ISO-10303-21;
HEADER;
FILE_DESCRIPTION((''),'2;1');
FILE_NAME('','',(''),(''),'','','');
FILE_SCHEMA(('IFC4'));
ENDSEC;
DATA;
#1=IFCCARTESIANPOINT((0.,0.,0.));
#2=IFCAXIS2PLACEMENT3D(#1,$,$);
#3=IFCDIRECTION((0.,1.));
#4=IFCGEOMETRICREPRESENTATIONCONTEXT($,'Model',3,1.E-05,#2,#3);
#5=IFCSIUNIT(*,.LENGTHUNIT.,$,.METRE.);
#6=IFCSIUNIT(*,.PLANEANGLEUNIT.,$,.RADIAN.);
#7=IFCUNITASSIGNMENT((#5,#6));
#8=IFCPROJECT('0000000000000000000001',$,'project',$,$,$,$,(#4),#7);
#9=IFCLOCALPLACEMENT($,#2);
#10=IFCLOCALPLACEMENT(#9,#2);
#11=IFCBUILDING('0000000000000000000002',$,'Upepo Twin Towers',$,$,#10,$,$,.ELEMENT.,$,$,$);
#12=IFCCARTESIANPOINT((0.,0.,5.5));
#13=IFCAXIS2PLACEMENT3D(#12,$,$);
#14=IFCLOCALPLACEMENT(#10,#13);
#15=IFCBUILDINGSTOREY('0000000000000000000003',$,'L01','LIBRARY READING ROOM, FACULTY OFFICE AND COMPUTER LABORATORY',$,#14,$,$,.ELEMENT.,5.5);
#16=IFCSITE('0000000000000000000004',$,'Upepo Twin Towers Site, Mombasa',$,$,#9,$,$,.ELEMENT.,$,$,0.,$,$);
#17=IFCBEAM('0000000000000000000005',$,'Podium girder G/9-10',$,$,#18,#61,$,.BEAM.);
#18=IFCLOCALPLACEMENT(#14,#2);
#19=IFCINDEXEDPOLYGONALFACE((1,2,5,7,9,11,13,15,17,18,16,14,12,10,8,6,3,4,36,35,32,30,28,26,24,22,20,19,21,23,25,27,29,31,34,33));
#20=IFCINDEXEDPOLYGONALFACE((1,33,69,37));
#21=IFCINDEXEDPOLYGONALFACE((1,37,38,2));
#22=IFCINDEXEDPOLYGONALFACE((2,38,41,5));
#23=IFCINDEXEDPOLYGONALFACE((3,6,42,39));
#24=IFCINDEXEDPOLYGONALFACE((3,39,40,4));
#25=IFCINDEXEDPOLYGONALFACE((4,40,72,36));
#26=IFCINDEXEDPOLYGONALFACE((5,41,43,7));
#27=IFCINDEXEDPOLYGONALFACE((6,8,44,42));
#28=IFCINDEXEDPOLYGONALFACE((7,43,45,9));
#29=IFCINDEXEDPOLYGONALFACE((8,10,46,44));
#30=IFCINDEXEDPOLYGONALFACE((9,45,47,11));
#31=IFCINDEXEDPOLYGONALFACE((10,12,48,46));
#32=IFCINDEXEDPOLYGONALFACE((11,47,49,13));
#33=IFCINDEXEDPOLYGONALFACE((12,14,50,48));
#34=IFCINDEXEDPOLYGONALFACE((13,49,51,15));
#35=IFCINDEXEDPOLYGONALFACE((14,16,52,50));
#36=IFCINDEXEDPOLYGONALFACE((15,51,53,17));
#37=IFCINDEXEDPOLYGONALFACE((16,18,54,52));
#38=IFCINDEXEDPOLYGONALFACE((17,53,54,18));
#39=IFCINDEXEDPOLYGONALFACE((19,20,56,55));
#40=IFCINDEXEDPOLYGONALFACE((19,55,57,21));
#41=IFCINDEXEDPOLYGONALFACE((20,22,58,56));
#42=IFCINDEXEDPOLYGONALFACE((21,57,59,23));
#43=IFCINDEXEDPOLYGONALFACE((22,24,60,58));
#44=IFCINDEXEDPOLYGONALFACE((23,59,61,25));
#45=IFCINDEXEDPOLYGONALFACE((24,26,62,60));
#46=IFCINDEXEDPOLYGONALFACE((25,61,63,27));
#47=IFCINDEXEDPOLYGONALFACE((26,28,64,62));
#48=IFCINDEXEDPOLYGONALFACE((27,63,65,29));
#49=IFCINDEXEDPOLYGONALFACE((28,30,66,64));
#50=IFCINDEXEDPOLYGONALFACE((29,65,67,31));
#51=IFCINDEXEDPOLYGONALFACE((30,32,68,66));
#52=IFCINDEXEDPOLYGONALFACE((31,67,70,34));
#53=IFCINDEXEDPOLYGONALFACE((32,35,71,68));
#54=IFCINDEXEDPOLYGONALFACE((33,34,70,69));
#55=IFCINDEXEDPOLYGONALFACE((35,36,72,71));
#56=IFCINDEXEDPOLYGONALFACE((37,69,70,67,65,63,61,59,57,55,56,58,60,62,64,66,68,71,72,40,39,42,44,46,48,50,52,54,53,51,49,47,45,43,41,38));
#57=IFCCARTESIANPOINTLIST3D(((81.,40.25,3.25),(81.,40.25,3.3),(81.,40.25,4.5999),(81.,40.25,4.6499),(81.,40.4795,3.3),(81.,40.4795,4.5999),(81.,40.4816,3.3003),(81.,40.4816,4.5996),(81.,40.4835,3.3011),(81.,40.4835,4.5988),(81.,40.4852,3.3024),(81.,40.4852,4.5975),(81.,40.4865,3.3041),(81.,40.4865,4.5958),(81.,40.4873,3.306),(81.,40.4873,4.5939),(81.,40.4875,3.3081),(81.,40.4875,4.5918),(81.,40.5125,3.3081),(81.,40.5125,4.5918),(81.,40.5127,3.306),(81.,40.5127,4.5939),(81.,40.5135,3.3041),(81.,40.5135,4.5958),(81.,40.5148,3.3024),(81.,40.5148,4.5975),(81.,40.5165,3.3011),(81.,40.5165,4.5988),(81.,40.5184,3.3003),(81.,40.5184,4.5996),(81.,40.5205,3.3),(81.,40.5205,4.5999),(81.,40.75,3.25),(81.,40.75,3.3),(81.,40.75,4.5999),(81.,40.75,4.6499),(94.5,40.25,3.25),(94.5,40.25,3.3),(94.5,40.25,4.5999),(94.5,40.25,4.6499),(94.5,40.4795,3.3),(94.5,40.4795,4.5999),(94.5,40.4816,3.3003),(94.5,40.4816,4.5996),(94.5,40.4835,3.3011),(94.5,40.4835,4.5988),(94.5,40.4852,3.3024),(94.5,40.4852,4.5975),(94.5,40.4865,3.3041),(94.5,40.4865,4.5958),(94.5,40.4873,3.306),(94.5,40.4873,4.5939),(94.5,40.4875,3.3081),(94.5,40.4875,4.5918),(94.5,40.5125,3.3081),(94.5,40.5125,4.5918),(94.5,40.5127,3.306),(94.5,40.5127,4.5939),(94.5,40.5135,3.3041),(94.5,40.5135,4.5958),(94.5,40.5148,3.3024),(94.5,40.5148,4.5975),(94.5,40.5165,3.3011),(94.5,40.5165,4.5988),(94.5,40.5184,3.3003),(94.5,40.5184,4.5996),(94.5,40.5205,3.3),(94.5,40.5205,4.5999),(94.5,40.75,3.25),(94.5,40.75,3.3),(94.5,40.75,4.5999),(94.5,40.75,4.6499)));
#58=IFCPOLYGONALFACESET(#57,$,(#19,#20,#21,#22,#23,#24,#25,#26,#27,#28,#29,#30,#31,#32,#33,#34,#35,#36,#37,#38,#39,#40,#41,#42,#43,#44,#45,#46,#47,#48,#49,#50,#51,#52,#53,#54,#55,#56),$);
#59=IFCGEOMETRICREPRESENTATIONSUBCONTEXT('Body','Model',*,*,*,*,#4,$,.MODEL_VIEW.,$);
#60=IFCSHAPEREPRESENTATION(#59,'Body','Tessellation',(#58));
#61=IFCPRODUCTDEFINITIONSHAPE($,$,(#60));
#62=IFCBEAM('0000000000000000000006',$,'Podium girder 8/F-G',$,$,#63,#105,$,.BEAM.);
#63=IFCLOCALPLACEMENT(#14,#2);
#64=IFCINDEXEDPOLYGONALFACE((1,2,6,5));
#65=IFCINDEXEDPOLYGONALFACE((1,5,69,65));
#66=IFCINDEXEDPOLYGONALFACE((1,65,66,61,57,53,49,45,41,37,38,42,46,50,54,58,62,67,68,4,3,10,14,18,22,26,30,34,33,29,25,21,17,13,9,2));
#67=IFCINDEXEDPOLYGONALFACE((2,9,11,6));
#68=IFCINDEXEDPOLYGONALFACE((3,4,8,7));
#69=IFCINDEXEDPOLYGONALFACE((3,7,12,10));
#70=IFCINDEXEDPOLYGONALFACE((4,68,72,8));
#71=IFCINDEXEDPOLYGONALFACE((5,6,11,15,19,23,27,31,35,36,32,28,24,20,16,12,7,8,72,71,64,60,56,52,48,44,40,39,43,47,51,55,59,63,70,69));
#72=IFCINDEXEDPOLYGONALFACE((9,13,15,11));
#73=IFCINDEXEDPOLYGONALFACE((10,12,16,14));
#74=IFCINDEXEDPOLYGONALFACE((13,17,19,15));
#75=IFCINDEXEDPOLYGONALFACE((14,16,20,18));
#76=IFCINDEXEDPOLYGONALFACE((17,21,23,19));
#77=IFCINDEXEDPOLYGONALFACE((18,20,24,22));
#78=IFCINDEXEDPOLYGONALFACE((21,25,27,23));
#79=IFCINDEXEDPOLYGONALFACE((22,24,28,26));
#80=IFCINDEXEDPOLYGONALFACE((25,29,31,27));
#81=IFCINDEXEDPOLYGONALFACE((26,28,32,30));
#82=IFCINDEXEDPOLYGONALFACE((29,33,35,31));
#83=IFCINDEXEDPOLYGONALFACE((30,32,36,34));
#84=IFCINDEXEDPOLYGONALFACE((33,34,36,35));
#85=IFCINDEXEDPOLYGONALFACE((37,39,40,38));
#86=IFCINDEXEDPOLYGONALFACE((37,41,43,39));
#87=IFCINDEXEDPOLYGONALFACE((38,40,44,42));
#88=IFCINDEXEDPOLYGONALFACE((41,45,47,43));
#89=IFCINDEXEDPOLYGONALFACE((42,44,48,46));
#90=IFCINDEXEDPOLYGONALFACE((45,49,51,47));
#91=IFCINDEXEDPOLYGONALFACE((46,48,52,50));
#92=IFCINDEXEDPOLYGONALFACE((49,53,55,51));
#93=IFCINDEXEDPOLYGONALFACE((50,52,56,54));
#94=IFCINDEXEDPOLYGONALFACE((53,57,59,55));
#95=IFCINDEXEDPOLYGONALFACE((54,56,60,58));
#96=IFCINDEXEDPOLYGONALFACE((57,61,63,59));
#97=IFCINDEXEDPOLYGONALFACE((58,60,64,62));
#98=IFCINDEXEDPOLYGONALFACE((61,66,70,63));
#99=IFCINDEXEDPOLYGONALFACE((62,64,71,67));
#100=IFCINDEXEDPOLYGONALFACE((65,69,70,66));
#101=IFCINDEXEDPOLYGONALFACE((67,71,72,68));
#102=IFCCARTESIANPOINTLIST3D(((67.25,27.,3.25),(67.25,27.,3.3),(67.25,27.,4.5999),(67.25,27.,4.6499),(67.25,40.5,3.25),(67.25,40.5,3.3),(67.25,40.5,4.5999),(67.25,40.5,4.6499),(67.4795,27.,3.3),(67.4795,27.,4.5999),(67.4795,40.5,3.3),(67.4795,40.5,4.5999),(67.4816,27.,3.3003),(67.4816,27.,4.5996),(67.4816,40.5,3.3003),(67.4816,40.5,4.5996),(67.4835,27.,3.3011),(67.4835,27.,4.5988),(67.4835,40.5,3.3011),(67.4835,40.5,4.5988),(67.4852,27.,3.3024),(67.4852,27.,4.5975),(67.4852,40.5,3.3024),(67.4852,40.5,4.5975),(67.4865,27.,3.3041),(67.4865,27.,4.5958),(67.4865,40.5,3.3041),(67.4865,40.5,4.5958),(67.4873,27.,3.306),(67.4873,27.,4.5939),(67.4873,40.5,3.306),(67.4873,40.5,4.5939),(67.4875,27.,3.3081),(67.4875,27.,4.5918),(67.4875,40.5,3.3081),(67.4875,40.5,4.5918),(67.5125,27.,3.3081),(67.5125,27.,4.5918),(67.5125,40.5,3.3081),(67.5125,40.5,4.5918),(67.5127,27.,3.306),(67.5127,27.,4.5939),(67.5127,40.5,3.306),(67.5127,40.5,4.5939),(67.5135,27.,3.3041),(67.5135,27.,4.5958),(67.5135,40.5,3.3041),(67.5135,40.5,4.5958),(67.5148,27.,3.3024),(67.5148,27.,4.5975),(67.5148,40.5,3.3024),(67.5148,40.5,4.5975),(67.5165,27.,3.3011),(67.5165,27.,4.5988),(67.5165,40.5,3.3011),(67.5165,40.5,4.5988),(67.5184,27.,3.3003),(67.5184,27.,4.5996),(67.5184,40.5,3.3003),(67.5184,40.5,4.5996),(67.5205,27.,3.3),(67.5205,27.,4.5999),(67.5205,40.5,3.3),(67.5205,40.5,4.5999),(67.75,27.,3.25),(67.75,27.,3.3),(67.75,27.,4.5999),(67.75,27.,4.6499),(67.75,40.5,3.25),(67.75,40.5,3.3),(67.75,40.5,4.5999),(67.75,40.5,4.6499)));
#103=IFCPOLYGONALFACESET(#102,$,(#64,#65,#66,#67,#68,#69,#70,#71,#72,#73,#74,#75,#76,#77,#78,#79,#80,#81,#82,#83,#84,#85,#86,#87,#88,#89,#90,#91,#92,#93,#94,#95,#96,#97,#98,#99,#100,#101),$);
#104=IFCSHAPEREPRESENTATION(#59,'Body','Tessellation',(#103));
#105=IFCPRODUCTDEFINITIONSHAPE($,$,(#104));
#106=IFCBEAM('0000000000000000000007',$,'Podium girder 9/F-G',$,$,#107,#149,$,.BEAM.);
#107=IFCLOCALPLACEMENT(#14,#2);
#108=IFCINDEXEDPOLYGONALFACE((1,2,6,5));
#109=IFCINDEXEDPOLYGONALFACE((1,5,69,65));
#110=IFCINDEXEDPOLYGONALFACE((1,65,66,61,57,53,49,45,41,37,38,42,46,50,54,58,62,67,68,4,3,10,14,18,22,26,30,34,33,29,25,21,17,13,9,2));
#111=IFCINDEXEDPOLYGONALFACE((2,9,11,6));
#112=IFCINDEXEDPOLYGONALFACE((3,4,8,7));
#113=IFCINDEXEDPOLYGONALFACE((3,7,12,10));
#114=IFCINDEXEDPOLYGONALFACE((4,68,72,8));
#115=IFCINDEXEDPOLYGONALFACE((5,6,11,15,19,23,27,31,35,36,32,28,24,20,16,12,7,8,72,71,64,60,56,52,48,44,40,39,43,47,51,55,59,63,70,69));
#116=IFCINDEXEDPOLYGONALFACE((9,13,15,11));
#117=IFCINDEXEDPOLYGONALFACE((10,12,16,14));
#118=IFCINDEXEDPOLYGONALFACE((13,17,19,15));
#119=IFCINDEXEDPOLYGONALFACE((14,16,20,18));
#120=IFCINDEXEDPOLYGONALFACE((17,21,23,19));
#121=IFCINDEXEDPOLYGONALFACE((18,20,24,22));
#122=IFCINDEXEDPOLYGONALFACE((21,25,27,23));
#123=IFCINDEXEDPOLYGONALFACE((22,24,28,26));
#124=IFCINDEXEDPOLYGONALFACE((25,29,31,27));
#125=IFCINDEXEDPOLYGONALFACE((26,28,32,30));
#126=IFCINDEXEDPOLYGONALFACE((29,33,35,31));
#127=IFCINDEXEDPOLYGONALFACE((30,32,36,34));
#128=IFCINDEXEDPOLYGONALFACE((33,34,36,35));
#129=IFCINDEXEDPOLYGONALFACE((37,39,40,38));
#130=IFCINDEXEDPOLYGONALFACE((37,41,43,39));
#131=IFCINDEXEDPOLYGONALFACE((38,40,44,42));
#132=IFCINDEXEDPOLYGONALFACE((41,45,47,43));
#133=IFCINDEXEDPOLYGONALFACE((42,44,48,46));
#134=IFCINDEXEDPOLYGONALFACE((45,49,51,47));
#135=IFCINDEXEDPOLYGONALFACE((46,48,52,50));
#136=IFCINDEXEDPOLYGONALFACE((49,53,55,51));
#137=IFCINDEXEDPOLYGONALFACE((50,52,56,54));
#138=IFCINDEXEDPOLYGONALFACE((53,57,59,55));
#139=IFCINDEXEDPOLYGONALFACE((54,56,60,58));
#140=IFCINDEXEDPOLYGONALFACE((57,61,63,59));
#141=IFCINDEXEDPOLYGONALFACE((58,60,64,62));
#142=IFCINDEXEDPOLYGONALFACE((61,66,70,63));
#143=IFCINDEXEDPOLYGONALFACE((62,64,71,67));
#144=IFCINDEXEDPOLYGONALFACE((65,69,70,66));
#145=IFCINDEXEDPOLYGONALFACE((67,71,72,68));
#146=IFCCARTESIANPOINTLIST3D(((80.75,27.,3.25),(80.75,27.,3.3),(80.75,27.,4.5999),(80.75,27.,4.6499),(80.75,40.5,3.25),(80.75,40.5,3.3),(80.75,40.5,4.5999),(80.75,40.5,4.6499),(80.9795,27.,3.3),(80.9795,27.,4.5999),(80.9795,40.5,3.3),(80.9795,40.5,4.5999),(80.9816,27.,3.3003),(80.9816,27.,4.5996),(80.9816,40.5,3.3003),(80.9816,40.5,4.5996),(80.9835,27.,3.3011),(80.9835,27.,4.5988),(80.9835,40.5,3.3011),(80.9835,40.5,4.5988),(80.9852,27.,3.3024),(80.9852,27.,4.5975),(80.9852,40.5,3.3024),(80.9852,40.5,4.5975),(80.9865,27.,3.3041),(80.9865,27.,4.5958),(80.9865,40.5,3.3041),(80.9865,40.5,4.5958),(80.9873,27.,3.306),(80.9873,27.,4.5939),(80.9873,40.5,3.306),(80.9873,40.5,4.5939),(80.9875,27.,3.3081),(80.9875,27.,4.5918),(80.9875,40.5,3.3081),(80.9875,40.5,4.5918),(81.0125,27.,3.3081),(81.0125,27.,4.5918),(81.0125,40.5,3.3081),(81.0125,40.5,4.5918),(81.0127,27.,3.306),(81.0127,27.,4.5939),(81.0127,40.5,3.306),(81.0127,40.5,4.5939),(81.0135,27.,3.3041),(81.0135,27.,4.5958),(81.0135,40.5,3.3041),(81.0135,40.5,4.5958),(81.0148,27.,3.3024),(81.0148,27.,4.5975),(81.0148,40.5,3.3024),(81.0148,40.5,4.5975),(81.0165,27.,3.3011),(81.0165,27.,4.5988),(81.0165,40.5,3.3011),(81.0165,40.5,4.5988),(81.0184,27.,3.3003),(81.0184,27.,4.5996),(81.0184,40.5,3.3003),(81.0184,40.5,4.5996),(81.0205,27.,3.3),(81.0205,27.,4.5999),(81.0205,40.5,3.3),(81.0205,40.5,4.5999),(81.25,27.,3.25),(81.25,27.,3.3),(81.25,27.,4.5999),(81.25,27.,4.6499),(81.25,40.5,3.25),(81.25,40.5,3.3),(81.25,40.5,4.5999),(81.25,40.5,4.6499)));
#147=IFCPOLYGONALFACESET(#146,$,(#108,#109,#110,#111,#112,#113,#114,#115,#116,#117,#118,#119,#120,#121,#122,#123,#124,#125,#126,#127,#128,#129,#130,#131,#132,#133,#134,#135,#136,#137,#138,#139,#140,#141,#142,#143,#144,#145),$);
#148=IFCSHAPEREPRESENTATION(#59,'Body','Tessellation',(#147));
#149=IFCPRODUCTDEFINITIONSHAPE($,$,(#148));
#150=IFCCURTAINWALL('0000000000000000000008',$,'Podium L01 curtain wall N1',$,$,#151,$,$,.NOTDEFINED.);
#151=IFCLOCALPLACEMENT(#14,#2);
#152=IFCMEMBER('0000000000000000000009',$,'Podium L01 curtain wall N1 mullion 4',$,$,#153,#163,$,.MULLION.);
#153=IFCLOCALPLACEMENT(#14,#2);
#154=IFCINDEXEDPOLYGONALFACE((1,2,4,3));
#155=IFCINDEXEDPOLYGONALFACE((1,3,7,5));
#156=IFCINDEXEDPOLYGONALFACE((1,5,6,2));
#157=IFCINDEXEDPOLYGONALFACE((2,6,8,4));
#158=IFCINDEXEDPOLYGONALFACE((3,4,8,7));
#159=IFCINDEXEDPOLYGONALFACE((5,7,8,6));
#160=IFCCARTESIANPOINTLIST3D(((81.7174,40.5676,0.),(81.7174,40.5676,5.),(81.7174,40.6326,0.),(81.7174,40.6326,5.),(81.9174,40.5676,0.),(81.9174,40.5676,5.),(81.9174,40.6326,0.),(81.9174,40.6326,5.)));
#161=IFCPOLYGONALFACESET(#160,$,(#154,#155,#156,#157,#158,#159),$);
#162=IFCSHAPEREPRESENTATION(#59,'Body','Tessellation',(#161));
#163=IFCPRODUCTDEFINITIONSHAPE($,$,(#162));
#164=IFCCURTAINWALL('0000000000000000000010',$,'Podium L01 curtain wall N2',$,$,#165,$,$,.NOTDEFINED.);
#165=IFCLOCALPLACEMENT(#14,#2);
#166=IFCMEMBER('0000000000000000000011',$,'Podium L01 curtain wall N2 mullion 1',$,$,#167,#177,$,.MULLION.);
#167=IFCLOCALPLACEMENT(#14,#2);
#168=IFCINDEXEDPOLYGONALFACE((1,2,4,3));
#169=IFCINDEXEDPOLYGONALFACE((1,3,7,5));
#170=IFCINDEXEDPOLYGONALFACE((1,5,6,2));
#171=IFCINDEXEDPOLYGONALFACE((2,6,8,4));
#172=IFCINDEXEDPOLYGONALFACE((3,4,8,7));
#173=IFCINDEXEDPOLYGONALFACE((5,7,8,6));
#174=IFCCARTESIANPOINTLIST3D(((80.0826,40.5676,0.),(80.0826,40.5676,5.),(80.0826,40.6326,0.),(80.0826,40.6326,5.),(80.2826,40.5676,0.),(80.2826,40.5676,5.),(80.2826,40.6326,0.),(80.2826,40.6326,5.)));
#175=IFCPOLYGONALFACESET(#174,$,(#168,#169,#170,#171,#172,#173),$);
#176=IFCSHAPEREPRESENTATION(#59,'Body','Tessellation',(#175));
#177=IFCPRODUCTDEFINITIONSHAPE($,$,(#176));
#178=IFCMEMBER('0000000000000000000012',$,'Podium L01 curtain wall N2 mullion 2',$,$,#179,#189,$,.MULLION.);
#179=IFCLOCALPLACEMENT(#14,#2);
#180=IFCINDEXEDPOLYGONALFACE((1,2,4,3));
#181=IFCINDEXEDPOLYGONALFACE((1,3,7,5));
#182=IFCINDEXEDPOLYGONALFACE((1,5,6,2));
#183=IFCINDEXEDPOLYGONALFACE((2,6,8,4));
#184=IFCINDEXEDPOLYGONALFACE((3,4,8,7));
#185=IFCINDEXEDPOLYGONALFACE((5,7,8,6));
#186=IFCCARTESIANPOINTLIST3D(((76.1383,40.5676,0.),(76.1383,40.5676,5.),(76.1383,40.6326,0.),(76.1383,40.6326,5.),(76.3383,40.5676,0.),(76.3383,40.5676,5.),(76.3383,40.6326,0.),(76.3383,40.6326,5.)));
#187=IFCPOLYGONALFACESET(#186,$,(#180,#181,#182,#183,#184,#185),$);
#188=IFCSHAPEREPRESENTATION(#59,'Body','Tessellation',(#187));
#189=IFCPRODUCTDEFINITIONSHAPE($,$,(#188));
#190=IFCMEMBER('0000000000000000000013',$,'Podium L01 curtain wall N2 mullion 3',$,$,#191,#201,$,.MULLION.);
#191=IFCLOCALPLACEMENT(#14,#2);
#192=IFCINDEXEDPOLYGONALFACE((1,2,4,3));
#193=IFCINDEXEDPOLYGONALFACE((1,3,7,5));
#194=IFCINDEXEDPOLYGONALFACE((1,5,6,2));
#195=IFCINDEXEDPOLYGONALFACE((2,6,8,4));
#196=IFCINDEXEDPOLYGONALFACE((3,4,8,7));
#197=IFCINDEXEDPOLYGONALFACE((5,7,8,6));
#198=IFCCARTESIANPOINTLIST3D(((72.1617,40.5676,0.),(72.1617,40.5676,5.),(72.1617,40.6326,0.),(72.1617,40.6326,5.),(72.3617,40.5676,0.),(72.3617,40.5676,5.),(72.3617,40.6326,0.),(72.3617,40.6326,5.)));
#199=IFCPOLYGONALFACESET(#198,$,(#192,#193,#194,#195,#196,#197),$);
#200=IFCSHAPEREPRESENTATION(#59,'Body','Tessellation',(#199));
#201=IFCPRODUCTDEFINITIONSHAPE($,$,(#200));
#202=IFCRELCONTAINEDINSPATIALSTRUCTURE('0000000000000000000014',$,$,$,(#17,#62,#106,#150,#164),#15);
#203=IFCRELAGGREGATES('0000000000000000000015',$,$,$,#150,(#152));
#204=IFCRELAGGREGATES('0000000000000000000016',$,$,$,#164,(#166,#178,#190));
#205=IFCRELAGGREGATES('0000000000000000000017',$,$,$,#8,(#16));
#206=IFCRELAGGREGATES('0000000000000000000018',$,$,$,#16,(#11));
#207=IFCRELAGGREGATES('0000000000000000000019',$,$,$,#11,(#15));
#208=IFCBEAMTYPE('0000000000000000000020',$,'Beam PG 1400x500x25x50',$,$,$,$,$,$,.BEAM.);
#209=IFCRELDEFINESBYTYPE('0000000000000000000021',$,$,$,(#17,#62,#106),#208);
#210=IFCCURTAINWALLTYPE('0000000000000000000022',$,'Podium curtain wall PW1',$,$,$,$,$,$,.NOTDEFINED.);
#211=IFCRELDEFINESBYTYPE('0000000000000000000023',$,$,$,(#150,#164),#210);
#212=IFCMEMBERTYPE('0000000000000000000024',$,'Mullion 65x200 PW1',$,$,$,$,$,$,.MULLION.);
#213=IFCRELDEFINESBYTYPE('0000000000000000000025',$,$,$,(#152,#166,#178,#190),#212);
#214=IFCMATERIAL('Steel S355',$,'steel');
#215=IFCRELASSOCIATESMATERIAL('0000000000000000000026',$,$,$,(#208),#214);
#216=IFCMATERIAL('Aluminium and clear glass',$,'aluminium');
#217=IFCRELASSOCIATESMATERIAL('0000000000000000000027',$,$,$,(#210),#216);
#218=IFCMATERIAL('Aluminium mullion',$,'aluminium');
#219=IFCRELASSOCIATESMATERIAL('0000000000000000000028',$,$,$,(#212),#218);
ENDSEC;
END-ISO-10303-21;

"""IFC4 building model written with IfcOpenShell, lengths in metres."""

from ifc_helpers import new_model, si_unit, direction, frame, origin, origin_2d, place, context, subcontext, project, spatial, rectangle, i_section, extrude, material, material_profile, profile_set, type_object, element, aggregate, save


model = new_model("IFC4")

# Units and contexts
model_context = context("Model", 3, precision=1e-05, world=origin(), true_north=direction((0.0, 1.0)))
body_context = subcontext(model_context, "Body", "Model", "MODEL_VIEW")
ifc_project = project(units=[si_unit("LENGTHUNIT", "METRE"), si_unit("PLANEANGLEUNIT", "RADIAN")], contexts=[model_context])

# Site, building, storey
site_placement = place(None, origin())
site = spatial("IfcSite", under=ifc_project, at=site_placement, Name="Upepo Twin Towers Site, Mombasa", CompositionType="ELEMENT", RefElevation=0.0)
building_placement = place(site_placement, origin())
building = spatial("IfcBuilding", under=site, at=building_placement, Name="Upepo Twin Towers", CompositionType="ELEMENT")
storey_placement = place(building_placement, frame((0.0, 0.0, 5.5)))
storey = spatial("IfcBuildingStorey", under=building, at=storey_placement, Name="L01", Description="LIBRARY READING ROOM, FACULTY OFFICE AND COMPUTER LABORATORY", CompositionType="ELEMENT", Elevation=5.5)

# Beams
ifc_material_1 = material(Name="Steel S355", Category="steel")
ifc_material_profile_1 = material_profile(ifc_material_1, i_section(OverallWidth=0.5, OverallDepth=1.3999, WebThickness=0.0249, FlangeThickness=0.05, FilletRadius=0.0081, at=origin_2d()), Name="PG 1400x500x25x50")
ifc_profile_set_1 = profile_set([ifc_material_profile_1], Name="Steel S355")
beam_type_1 = type_object("IfcBeamType", Name="Beam PG 1400x500x25x50", PredefinedType="BEAM", material=ifc_profile_set_1)
for number, where, z_axis, x_axis, name in (
    (1, (81.0, 40.5, 3.95), (1.0, 0.0, 0.0), (0.0, 1.0, 0.0), "Podium girder G/9-10"),
    (2, (67.5, 27.0, 3.95), (0.0, 1.0, 0.0), (-1.0, 0.0, 0.0), "Podium girder 8/F-G"),
    (3, (81.0, 27.0, 3.95), (0.0, 1.0, 0.0), (-1.0, 0.0, 0.0), "Podium girder 9/F-G"),
):
    element("IfcBeam", number, at=place(storey_placement, frame(where, z_axis=z_axis, x_axis=x_axis)), inside=storey, type_object=beam_type_1, Name=name, PredefinedType="BEAM", context=body_context, shape_type="SweptSolid", body=[
        extrude(i_section(OverallWidth=0.5, OverallDepth=1.3999, WebThickness=0.0249, FlangeThickness=0.05, FilletRadius=0.0081, at=origin_2d()), origin(), (0.0, 0.0, 1.0), 13.5),
    ])

# Curtain wall, member
ifc_material_2 = material(Name="Aluminium and clear glass", Category="aluminium")
curtain_wall_type = type_object("IfcCurtainWallType", Name="Podium curtain wall PW1", PredefinedType="NOTDEFINED", material=ifc_material_2)
curtain_wall_1_placement = place(storey_placement, origin())
curtain_wall_1 = element("IfcCurtainWall", 4, at=curtain_wall_1_placement, inside=storey, type_object=curtain_wall_type, Name="Podium L01 curtain wall N1", PredefinedType="NOTDEFINED")
ifc_material_3 = material(Name="Aluminium mullion", Category="aluminium")
ifc_material_profile_2 = material_profile(ifc_material_3, rectangle(XDim=0.0649, YDim=0.2, at=origin_2d()), Name="MULLION 65x200 PODIUM")
ifc_profile_set_2 = profile_set([ifc_material_profile_2], Name="Aluminium mullion")
member_type_1 = type_object("IfcMemberType", Name="Mullion 65x200 PW1", PredefinedType="MULLION", material=ifc_profile_set_2)
member_1_placement = place(storey_placement, frame((81.8174, 40.6001, 0.0), z_axis=(0.0, 0.0, 1.0), x_axis=(0.0, -1.0, 0.0)))
member_1 = element("IfcMember", 5, at=member_1_placement, type_object=member_type_1, Name="Podium L01 curtain wall N1 mullion 4", PredefinedType="MULLION", context=body_context, shape_type="SweptSolid", body=[
    extrude(rectangle(XDim=0.0649, YDim=0.2, at=origin_2d()), origin(), (0.0, 0.0, 1.0), 5.0),
])

# Curtain wall, members
curtain_wall_2_placement = place(storey_placement, origin())
curtain_wall_2 = element("IfcCurtainWall", 6, at=curtain_wall_2_placement, inside=storey, type_object=curtain_wall_type, Name="Podium L01 curtain wall N2", PredefinedType="NOTDEFINED")
member_2_placement = place(storey_placement, frame((80.1826, 40.6001, 0.0), z_axis=(0.0, 0.0, 1.0), x_axis=(0.0, -1.0, 0.0)))
member_2 = element("IfcMember", 7, at=member_2_placement, type_object=member_type_1, Name="Podium L01 curtain wall N2 mullion 1", PredefinedType="MULLION", context=body_context, shape_type="SweptSolid", body=[
    extrude(rectangle(XDim=0.0649, YDim=0.2, at=origin_2d()), origin(), (0.0, 0.0, 1.0), 5.0),
])
member_3_placement = place(storey_placement, frame((76.2383, 40.6001, 0.0), z_axis=(0.0, 0.0, 1.0), x_axis=(0.0, -1.0, 0.0)))
member_3 = element("IfcMember", 8, at=member_3_placement, type_object=member_type_1, Name="Podium L01 curtain wall N2 mullion 2", PredefinedType="MULLION", context=body_context, shape_type="SweptSolid", body=[
    extrude(rectangle(XDim=0.0649, YDim=0.2, at=origin_2d()), origin(), (0.0, 0.0, 1.0), 5.0),
])
member_4_placement = place(storey_placement, frame((72.2617, 40.6001, 0.0), z_axis=(0.0, 0.0, 1.0), x_axis=(0.0, -1.0, 0.0)))
member_4 = element("IfcMember", 9, at=member_4_placement, type_object=member_type_1, Name="Podium L01 curtain wall N2 mullion 3", PredefinedType="MULLION", context=body_context, shape_type="SweptSolid", body=[
    extrude(rectangle(XDim=0.0649, YDim=0.2, at=origin_2d()), origin(), (0.0, 0.0, 1.0), 5.0),
])

aggregate(curtain_wall_1, [member_1])
aggregate(curtain_wall_2, [member_2, member_3, member_4])

save(model, "model.ifc")
